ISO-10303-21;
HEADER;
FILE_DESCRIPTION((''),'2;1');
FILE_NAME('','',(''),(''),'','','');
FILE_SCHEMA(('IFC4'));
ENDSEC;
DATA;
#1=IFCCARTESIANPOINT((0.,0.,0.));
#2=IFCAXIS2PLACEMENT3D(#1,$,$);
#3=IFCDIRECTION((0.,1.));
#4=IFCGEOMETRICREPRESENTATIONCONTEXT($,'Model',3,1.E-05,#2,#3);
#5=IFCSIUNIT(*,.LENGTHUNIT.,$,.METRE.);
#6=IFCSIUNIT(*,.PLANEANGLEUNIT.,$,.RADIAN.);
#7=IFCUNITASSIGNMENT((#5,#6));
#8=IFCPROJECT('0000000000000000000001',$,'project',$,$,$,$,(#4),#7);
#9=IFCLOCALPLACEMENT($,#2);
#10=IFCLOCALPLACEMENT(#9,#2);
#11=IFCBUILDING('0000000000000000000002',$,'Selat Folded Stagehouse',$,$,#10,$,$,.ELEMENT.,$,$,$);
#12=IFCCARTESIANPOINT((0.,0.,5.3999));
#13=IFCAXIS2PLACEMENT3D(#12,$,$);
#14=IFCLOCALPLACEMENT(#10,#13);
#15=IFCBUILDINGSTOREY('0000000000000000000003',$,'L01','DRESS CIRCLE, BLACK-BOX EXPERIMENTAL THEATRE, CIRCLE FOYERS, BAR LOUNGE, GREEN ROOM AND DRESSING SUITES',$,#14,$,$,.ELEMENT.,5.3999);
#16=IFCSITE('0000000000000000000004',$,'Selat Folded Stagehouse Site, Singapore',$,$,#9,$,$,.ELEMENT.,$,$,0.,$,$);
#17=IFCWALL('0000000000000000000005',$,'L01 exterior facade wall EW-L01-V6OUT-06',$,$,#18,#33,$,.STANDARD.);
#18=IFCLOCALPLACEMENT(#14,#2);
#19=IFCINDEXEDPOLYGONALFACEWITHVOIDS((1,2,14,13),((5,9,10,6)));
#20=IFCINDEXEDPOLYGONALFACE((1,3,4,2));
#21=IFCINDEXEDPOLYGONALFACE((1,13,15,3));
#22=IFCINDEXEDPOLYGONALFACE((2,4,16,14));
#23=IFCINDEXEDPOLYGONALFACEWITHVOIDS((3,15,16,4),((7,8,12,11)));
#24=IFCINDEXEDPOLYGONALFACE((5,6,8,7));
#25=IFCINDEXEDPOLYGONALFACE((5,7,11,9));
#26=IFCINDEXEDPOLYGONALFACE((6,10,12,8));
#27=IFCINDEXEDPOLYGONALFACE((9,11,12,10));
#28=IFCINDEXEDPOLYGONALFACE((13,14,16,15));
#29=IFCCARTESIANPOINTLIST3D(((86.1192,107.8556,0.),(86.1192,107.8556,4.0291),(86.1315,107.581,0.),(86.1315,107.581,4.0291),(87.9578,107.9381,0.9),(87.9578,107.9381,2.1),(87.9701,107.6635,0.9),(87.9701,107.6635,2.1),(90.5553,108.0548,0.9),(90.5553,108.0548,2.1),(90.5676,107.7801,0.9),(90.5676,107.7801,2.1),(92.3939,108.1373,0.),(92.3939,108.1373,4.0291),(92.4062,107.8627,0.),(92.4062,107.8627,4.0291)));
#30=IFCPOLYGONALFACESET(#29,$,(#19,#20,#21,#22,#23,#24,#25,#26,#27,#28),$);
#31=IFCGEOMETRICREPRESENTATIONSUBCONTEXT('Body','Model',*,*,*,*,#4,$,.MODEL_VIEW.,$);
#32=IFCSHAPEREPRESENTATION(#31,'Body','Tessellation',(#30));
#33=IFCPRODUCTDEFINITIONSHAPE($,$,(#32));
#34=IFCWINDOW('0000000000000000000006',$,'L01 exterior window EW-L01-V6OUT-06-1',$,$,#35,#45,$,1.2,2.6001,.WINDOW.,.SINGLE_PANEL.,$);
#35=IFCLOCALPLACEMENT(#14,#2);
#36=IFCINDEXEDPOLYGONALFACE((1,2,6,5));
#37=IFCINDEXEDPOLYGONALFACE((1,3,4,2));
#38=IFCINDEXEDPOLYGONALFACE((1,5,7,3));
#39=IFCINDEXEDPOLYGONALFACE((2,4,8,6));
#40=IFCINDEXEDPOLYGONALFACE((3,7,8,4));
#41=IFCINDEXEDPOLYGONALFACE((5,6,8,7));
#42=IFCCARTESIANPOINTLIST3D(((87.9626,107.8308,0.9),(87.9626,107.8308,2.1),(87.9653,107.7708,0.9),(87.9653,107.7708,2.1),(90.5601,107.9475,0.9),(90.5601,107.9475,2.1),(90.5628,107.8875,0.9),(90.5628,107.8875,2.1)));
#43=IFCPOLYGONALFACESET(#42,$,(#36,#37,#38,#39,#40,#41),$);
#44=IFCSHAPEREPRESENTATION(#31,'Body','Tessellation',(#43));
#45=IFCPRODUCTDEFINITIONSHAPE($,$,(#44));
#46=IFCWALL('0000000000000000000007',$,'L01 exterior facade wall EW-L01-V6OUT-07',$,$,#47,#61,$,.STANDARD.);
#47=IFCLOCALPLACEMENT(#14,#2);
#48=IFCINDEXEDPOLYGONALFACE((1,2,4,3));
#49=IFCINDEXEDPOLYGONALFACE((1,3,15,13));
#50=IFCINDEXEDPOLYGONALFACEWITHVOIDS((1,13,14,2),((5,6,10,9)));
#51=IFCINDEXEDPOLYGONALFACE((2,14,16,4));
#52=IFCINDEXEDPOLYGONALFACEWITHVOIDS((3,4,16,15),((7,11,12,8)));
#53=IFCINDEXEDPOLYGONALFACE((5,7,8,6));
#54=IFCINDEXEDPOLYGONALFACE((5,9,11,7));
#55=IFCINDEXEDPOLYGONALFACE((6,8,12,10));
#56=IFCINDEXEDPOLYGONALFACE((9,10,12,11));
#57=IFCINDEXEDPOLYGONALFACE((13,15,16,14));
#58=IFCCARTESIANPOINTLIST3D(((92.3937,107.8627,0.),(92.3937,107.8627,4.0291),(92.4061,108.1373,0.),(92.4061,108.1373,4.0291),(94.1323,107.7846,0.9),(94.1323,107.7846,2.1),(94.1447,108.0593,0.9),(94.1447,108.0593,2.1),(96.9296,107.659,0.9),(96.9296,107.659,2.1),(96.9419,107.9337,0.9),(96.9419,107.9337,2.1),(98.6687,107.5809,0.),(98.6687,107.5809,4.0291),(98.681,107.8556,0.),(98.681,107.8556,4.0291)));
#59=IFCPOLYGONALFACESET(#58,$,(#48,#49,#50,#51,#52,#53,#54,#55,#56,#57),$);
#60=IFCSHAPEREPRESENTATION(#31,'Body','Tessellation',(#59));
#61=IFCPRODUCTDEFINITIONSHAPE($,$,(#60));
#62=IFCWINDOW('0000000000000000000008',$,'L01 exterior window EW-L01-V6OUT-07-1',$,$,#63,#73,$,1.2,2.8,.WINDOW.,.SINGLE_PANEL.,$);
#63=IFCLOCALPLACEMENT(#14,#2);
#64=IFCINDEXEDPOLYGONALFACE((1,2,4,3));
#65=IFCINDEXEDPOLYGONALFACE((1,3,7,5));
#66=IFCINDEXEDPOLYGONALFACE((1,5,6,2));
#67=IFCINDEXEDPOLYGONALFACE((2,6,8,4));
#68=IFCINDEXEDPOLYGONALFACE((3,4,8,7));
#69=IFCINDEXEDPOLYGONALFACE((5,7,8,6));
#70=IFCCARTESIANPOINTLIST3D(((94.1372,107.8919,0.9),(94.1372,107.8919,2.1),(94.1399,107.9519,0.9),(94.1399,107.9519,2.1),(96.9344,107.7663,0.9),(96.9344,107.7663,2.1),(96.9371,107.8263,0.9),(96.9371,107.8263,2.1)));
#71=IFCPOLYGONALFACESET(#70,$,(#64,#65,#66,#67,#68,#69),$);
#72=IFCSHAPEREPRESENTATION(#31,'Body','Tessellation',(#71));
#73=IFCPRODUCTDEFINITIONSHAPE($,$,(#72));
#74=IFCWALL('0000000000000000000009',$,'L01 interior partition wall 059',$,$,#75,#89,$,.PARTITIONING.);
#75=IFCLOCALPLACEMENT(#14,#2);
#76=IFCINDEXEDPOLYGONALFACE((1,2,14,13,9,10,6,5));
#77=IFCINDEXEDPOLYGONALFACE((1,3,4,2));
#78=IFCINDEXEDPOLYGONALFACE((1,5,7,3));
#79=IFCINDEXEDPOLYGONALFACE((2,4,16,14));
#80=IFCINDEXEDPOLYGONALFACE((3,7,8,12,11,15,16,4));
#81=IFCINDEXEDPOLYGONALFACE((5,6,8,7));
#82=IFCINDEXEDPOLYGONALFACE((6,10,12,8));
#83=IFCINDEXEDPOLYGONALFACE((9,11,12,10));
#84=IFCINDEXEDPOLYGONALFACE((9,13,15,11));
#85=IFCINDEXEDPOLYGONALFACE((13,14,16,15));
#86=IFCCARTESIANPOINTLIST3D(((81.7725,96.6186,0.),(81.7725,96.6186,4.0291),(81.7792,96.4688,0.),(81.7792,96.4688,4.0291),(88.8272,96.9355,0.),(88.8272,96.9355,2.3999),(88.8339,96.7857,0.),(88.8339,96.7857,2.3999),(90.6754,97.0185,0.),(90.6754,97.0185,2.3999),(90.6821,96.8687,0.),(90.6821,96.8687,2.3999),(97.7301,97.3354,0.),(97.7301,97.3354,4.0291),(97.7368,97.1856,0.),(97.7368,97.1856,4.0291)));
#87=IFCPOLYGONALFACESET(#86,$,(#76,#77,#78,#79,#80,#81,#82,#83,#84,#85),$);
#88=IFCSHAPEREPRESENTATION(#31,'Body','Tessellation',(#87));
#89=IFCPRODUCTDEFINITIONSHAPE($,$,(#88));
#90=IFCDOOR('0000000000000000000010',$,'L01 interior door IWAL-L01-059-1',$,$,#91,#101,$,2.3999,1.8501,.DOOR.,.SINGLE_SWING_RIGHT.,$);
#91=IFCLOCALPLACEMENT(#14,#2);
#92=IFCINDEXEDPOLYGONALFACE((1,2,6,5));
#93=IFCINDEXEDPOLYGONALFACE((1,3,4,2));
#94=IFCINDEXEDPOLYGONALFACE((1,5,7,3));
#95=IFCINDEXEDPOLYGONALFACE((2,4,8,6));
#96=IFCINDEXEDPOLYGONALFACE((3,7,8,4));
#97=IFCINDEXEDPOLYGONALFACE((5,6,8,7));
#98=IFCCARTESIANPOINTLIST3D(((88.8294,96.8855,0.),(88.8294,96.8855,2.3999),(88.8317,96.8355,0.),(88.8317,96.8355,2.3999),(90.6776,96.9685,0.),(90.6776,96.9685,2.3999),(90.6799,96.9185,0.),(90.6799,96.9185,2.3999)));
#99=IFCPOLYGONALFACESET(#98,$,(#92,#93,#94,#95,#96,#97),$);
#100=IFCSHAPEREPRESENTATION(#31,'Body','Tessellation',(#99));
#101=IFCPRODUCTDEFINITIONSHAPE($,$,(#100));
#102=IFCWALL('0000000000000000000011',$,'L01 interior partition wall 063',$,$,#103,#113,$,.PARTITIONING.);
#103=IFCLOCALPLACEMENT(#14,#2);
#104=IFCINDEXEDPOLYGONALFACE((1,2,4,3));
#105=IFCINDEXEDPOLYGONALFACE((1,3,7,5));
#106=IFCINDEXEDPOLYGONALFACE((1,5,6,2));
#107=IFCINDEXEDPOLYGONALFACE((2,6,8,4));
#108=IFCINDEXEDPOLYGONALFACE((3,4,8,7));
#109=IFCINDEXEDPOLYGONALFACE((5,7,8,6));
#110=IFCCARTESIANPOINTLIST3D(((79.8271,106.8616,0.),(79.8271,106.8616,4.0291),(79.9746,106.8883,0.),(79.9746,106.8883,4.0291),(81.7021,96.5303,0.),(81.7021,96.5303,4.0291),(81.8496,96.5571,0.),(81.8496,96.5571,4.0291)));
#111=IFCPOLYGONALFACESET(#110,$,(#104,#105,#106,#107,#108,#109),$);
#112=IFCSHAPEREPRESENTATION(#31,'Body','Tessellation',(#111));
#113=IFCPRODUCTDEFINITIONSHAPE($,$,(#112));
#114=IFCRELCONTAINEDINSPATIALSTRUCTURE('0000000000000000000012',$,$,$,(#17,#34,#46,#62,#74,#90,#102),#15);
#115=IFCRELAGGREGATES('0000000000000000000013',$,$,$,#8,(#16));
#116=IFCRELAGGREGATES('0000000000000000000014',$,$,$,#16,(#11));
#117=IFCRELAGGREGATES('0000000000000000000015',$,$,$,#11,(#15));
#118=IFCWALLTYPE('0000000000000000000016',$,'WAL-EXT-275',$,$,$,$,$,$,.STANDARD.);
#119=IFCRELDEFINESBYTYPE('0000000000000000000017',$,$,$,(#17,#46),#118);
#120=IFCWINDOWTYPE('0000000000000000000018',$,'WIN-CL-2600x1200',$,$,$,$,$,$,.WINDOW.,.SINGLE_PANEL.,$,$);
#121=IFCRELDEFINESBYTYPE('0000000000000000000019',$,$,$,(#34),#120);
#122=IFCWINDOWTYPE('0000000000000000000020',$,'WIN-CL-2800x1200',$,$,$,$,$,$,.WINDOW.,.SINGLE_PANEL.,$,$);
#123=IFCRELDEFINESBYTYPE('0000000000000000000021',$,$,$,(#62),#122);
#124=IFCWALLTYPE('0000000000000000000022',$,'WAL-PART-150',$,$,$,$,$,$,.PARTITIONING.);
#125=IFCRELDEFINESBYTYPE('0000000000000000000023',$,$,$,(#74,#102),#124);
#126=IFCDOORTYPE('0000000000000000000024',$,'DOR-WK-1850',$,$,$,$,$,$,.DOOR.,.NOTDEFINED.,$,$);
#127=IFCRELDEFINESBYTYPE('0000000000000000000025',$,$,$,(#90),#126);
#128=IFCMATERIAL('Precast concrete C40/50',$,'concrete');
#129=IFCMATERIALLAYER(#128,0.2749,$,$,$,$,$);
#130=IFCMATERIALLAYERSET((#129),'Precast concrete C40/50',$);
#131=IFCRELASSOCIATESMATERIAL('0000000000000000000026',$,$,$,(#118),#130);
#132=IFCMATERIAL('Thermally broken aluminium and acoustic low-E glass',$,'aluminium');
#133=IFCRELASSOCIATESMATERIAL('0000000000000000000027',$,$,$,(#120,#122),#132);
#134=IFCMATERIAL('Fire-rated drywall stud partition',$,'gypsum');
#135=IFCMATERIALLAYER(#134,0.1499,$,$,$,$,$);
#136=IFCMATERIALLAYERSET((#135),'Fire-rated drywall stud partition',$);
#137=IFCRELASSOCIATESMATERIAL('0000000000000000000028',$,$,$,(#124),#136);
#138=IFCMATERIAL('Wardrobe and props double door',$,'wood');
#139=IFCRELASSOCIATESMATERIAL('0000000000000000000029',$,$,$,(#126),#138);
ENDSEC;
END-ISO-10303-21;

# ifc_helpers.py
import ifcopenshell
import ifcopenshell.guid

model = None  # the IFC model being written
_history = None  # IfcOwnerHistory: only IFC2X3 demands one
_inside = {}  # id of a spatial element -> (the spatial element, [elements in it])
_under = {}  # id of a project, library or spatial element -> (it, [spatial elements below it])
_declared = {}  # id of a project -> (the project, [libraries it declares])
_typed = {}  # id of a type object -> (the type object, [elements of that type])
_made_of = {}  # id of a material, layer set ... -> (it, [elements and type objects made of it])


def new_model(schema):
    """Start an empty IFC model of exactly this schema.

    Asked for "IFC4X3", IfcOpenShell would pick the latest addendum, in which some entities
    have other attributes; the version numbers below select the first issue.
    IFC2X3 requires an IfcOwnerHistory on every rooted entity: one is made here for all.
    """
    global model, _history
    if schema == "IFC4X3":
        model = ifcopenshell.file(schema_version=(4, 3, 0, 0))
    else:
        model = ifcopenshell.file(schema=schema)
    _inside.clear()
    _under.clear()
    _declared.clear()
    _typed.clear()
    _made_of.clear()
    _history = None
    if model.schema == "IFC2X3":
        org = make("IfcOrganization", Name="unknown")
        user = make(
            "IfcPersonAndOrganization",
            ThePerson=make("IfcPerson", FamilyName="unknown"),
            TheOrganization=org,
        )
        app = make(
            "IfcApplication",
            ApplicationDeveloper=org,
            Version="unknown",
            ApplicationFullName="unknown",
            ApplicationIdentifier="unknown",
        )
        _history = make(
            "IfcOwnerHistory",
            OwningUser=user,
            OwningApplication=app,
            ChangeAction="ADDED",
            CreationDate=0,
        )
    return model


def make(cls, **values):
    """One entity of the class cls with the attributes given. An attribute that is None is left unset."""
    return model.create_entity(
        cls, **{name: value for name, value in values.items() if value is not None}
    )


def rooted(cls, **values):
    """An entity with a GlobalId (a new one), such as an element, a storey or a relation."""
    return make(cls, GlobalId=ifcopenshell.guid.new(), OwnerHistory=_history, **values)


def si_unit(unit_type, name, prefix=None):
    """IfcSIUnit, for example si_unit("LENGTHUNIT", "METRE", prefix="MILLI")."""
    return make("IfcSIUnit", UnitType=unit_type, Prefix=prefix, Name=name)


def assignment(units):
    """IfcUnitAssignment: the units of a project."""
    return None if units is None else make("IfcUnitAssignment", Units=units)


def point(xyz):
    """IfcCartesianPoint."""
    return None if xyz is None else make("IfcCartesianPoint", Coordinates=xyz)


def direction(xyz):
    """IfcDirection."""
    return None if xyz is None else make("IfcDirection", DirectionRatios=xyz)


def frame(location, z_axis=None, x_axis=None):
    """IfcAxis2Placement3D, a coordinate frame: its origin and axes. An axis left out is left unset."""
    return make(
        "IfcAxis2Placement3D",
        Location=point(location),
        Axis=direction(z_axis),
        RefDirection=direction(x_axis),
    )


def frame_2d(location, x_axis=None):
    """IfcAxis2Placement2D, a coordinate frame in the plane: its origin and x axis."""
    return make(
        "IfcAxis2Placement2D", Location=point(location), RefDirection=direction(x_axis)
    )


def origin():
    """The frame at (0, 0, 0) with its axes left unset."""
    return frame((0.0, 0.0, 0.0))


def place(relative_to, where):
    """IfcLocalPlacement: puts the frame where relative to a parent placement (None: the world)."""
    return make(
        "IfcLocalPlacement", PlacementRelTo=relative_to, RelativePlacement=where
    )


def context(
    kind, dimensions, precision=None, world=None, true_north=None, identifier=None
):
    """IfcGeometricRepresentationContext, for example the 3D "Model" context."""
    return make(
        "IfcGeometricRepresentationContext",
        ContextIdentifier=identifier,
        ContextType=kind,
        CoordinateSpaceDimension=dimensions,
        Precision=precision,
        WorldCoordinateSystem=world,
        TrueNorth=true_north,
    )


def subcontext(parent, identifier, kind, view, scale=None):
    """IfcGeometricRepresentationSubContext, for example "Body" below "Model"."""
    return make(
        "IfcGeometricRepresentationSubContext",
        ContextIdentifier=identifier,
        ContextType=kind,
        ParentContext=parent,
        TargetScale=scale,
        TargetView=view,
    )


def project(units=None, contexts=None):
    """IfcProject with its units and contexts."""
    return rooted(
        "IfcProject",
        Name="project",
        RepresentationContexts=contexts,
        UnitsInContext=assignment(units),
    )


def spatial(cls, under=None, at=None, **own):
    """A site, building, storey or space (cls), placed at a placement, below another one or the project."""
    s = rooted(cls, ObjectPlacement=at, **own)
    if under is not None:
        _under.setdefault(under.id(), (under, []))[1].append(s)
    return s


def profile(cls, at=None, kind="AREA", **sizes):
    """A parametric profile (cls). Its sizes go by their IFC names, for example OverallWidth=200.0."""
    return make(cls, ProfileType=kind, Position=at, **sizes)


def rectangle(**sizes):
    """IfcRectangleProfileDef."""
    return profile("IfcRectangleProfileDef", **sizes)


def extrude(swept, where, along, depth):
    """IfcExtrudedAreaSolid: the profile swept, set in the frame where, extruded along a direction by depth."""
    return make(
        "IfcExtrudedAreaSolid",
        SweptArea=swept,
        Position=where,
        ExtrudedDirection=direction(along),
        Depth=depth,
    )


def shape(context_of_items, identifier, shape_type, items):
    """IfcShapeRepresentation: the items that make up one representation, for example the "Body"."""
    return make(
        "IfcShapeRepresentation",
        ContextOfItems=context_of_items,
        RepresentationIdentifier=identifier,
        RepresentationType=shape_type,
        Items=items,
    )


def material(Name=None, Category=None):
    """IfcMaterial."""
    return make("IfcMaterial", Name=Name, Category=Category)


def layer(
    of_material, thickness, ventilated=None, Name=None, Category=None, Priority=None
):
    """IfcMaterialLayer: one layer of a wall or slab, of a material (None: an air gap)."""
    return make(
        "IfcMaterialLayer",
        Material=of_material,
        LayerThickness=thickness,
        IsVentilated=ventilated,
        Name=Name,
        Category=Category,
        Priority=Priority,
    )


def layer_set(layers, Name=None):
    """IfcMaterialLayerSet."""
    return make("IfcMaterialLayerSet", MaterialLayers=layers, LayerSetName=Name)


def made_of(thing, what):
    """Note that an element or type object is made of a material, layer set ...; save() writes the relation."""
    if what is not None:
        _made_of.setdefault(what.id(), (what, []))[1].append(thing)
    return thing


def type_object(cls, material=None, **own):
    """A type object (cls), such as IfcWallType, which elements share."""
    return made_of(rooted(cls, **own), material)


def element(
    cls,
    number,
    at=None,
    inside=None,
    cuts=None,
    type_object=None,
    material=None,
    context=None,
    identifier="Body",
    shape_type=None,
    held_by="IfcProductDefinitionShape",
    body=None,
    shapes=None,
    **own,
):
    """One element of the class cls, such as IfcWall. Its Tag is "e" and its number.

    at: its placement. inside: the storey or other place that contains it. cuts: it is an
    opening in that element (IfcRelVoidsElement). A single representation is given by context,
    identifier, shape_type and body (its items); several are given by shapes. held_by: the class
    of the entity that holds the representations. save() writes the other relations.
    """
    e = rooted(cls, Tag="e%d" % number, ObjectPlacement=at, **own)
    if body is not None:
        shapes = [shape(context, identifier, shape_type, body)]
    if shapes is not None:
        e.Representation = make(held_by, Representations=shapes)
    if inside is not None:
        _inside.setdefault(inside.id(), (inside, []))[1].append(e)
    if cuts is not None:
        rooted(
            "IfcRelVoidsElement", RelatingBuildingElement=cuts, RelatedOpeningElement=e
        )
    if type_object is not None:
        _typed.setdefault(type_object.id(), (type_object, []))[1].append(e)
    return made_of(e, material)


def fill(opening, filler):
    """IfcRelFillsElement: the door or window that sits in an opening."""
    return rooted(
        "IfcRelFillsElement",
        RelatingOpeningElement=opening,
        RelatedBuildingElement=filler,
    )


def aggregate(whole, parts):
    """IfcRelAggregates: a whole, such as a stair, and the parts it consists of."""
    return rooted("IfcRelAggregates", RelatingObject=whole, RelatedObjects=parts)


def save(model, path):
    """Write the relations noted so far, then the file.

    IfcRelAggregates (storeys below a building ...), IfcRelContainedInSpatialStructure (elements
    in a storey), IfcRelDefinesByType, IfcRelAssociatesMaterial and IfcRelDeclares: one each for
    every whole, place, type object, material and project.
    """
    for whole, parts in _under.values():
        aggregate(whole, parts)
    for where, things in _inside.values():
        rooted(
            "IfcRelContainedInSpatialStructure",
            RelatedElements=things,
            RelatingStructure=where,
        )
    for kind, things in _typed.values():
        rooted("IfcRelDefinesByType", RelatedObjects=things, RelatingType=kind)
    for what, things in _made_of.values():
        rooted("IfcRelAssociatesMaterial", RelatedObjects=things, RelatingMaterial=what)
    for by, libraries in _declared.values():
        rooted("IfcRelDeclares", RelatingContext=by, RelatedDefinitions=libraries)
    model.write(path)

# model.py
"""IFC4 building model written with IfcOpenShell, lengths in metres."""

from ifc_helpers import new_model, si_unit, direction, frame, frame_2d, origin, place, context, subcontext, project, spatial, rectangle, extrude, material, layer, layer_set, type_object, element, fill, save


model = new_model("IFC4")

# Units and contexts
model_context = context("Model", 3, precision=1e-05, world=origin(), true_north=direction((0.0, 1.0)))
body_context = subcontext(model_context, "Body", "Model", "MODEL_VIEW")
ifc_project = project(units=[si_unit("LENGTHUNIT", "METRE"), si_unit("PLANEANGLEUNIT", "RADIAN")], contexts=[model_context])

# Site, building, storey
site_placement = place(None, origin())
site = spatial("IfcSite", under=ifc_project, at=site_placement, Name="Selat Folded Stagehouse Site, Singapore", CompositionType="ELEMENT", RefElevation=0.0)
building_placement = place(site_placement, origin())
building = spatial("IfcBuilding", under=site, at=building_placement, Name="Selat Folded Stagehouse", CompositionType="ELEMENT")
storey_placement = place(building_placement, frame((0.0, 0.0, 5.3999)))
storey = spatial("IfcBuildingStorey", under=building, at=storey_placement, Name="L01", Description="DRESS CIRCLE, BLACK-BOX EXPERIMENTAL THEATRE, CIRCLE FOYERS, BAR LOUNGE, GREEN ROOM AND DRESSING SUITES", CompositionType="ELEMENT", Elevation=5.3999)

# Walls, openings, windows
ifc_material_1 = material(Name="Precast concrete C40/50", Category="concrete")
ifc_layer_1 = layer(ifc_material_1, 0.2749)
ifc_layer_set_1 = layer_set([ifc_layer_1], Name="Precast concrete C40/50")
wall_type_1 = type_object("IfcWallType", Name="WAL-EXT-275", PredefinedType="STANDARD", material=ifc_layer_set_1)
wall_1_placement = place(storey_placement, frame((86.1252, 107.7183, 0.0), z_axis=(0.0, 0.0, 1.0), x_axis=(0.998993, 0.044856, 0.0)))
wall_1 = element("IfcWall", 1, at=wall_1_placement, inside=storey, type_object=wall_type_1, Name="L01 exterior facade wall EW-L01-V6OUT-06", PredefinedType="STANDARD", context=body_context, shape_type="SweptSolid", body=[
    extrude(rectangle(XDim=6.281, YDim=0.2749, at=frame_2d((3.1406, 0.0))), origin(), (0.0, 0.0, 1.0), 4.0291),
])
opening_1_placement = place(wall_1_placement, frame((1.8406, 0.0, 0.8999)))
opening_1 = element("IfcOpeningElement", 2, at=opening_1_placement, cuts=wall_1, PredefinedType="OPENING", context=body_context, shape_type="SweptSolid", body=[
    extrude(rectangle(XDim=2.6001, YDim=1.2, at=frame_2d((1.3, 0.6001))), frame((0.0, 0.1475, 0.0), z_axis=(0.0, -1.0, 0.0), x_axis=(1.0, 0.0, 0.0)), (0.0, 0.0, 1.0), 0.2949),
])
ifc_material_2 = material(Name="Thermally broken aluminium and acoustic low-E glass", Category="aluminium")
window_type_1 = type_object("IfcWindowType", Name="WIN-CL-2600x1200", PartitioningType="SINGLE_PANEL", PredefinedType="WINDOW", material=ifc_material_2)
window_1_placement = place(opening_1_placement, origin())
window_1 = element("IfcWindow", 3, at=window_1_placement, inside=storey, type_object=window_type_1, Name="L01 exterior window EW-L01-V6OUT-06-1", OverallHeight=1.2, OverallWidth=2.6001, PartitioningType="SINGLE_PANEL", PredefinedType="WINDOW", context=body_context, shape_type="SweptSolid", body=[
    extrude(rectangle(XDim=2.6001, YDim=1.2, at=frame_2d((1.3, 0.6001))), frame((0.0, 0.03, 0.0), z_axis=(0.0, -1.0, 0.0), x_axis=(1.0, 0.0, 0.0)), (0.0, 0.0, 1.0), 0.0601),
])
fill(opening_1, window_1)
wall_2_placement = place(storey_placement, frame((92.3999, 108.0, 0.0), z_axis=(0.0, 0.0, 1.0), x_axis=(0.998994, -0.044854, 0.0)))
wall_2 = element("IfcWall", 4, at=wall_2_placement, inside=storey, type_object=wall_type_1, Name="L01 exterior facade wall EW-L01-V6OUT-07", PredefinedType="STANDARD", context=body_context, shape_type="SweptSolid", body=[
    extrude(rectangle(XDim=6.2812, YDim=0.2749, at=frame_2d((3.1406, 0.0))), origin(), (0.0, 0.0, 1.0), 4.0291),
])
opening_2_placement = place(wall_2_placement, frame((1.7405, 0.0, 0.8999)))
opening_2 = element("IfcOpeningElement", 5, at=opening_2_placement, cuts=wall_2, PredefinedType="OPENING", context=body_context, shape_type="SweptSolid", body=[
    extrude(rectangle(XDim=2.8, YDim=1.2, at=frame_2d((1.3999, 0.6001))), frame((0.0, 0.1475, 0.0), z_axis=(0.0, -1.0, 0.0), x_axis=(1.0, 0.0, 0.0)), (0.0, 0.0, 1.0), 0.2949),
])
window_type_2 = type_object("IfcWindowType", Name="WIN-CL-2800x1200", PartitioningType="SINGLE_PANEL", PredefinedType="WINDOW", material=ifc_material_2)
window_2_placement = place(opening_2_placement, origin())
window_2 = element("IfcWindow", 6, at=window_2_placement, inside=storey, type_object=window_type_2, Name="L01 exterior window EW-L01-V6OUT-07-1", OverallHeight=1.2, OverallWidth=2.8, PartitioningType="SINGLE_PANEL", PredefinedType="WINDOW", context=body_context, shape_type="SweptSolid", body=[
    extrude(rectangle(XDim=2.8, YDim=1.2, at=frame_2d((1.3999, 0.6001))), frame((0.0, 0.03, 0.0), z_axis=(0.0, -1.0, 0.0), x_axis=(1.0, 0.0, 0.0)), (0.0, 0.0, 1.0), 0.0601),
])
fill(opening_2, window_2)

# Wall, opening, door
ifc_material_3 = material(Name="Fire-rated drywall stud partition", Category="gypsum")
ifc_layer_2 = layer(ifc_material_3, 0.1499)
ifc_layer_set_2 = layer_set([ifc_layer_2], Name="Fire-rated drywall stud partition")
wall_type_2 = type_object("IfcWallType", Name="WAL-PART-150", PredefinedType="PARTITIONING", material=ifc_layer_set_2)
wall_3_placement = place(storey_placement, frame((81.7759, 96.5437, 0.0), z_axis=(0.0, 0.0, 1.0), x_axis=(0.998993, 0.044874, 0.0)))
wall_3 = element("IfcWall", 7, at=wall_3_placement, inside=storey, type_object=wall_type_2, Name="L01 interior partition wall 059", PredefinedType="PARTITIONING", context=body_context, shape_type="SweptSolid", body=[
    extrude(rectangle(XDim=15.9736, YDim=0.1499, at=frame_2d((7.9868, 0.0))), origin(), (0.0, 0.0, 1.0), 4.0291),
])
opening_3_placement = place(wall_3_placement, frame((7.0618, 0.0, 0.0)))
opening_3 = element("IfcOpeningElement", 8, at=opening_3_placement, cuts=wall_3, PredefinedType="OPENING", context=body_context, shape_type="SweptSolid", body=[
    extrude(rectangle(XDim=1.8501, YDim=2.3999, at=frame_2d((0.925, 1.2))), frame((0.0, 0.085, 0.0), z_axis=(0.0, -1.0, 0.0), x_axis=(1.0, 0.0, 0.0)), (0.0, 0.0, 1.0), 0.1699),
])
ifc_material_4 = material(Name="Wardrobe and props double door", Category="wood")
door_type = type_object("IfcDoorType", Name="DOR-WK-1850", OperationType="NOTDEFINED", PredefinedType="DOOR", material=ifc_material_4)
door_placement = place(opening_3_placement, origin())
door = element("IfcDoor", 9, at=door_placement, inside=storey, type_object=door_type, Name="L01 interior door IWAL-L01-059-1", OperationType="SINGLE_SWING_RIGHT", OverallHeight=2.3999, OverallWidth=1.8501, PredefinedType="DOOR", context=body_context, shape_type="SweptSolid", body=[
    extrude(rectangle(XDim=1.8501, YDim=2.3999, at=frame_2d((0.925, 1.2))), frame((0.0, 0.0249, 0.0), z_axis=(0.0, -1.0, 0.0), x_axis=(1.0, 0.0, 0.0)), (0.0, 0.0, 1.0), 0.05),
])
fill(opening_3, door)

# Wall
wall_4_placement = place(storey_placement, frame((81.7759, 96.5437, 0.0), z_axis=(0.0, 0.0, 1.0), x_axis=(-0.17857, 0.983927, 0.0)))
element("IfcWall", 10, at=wall_4_placement, inside=storey, type_object=wall_type_2, Name="L01 interior partition wall 063", PredefinedType="PARTITIONING", context=body_context, shape_type="SweptSolid", body=[
    extrude(rectangle(XDim=10.5, YDim=0.1499, at=frame_2d((5.25, 0.0))), origin(), (0.0, 0.0, 1.0), 4.0291),
])

save(model, "model.ifc")
